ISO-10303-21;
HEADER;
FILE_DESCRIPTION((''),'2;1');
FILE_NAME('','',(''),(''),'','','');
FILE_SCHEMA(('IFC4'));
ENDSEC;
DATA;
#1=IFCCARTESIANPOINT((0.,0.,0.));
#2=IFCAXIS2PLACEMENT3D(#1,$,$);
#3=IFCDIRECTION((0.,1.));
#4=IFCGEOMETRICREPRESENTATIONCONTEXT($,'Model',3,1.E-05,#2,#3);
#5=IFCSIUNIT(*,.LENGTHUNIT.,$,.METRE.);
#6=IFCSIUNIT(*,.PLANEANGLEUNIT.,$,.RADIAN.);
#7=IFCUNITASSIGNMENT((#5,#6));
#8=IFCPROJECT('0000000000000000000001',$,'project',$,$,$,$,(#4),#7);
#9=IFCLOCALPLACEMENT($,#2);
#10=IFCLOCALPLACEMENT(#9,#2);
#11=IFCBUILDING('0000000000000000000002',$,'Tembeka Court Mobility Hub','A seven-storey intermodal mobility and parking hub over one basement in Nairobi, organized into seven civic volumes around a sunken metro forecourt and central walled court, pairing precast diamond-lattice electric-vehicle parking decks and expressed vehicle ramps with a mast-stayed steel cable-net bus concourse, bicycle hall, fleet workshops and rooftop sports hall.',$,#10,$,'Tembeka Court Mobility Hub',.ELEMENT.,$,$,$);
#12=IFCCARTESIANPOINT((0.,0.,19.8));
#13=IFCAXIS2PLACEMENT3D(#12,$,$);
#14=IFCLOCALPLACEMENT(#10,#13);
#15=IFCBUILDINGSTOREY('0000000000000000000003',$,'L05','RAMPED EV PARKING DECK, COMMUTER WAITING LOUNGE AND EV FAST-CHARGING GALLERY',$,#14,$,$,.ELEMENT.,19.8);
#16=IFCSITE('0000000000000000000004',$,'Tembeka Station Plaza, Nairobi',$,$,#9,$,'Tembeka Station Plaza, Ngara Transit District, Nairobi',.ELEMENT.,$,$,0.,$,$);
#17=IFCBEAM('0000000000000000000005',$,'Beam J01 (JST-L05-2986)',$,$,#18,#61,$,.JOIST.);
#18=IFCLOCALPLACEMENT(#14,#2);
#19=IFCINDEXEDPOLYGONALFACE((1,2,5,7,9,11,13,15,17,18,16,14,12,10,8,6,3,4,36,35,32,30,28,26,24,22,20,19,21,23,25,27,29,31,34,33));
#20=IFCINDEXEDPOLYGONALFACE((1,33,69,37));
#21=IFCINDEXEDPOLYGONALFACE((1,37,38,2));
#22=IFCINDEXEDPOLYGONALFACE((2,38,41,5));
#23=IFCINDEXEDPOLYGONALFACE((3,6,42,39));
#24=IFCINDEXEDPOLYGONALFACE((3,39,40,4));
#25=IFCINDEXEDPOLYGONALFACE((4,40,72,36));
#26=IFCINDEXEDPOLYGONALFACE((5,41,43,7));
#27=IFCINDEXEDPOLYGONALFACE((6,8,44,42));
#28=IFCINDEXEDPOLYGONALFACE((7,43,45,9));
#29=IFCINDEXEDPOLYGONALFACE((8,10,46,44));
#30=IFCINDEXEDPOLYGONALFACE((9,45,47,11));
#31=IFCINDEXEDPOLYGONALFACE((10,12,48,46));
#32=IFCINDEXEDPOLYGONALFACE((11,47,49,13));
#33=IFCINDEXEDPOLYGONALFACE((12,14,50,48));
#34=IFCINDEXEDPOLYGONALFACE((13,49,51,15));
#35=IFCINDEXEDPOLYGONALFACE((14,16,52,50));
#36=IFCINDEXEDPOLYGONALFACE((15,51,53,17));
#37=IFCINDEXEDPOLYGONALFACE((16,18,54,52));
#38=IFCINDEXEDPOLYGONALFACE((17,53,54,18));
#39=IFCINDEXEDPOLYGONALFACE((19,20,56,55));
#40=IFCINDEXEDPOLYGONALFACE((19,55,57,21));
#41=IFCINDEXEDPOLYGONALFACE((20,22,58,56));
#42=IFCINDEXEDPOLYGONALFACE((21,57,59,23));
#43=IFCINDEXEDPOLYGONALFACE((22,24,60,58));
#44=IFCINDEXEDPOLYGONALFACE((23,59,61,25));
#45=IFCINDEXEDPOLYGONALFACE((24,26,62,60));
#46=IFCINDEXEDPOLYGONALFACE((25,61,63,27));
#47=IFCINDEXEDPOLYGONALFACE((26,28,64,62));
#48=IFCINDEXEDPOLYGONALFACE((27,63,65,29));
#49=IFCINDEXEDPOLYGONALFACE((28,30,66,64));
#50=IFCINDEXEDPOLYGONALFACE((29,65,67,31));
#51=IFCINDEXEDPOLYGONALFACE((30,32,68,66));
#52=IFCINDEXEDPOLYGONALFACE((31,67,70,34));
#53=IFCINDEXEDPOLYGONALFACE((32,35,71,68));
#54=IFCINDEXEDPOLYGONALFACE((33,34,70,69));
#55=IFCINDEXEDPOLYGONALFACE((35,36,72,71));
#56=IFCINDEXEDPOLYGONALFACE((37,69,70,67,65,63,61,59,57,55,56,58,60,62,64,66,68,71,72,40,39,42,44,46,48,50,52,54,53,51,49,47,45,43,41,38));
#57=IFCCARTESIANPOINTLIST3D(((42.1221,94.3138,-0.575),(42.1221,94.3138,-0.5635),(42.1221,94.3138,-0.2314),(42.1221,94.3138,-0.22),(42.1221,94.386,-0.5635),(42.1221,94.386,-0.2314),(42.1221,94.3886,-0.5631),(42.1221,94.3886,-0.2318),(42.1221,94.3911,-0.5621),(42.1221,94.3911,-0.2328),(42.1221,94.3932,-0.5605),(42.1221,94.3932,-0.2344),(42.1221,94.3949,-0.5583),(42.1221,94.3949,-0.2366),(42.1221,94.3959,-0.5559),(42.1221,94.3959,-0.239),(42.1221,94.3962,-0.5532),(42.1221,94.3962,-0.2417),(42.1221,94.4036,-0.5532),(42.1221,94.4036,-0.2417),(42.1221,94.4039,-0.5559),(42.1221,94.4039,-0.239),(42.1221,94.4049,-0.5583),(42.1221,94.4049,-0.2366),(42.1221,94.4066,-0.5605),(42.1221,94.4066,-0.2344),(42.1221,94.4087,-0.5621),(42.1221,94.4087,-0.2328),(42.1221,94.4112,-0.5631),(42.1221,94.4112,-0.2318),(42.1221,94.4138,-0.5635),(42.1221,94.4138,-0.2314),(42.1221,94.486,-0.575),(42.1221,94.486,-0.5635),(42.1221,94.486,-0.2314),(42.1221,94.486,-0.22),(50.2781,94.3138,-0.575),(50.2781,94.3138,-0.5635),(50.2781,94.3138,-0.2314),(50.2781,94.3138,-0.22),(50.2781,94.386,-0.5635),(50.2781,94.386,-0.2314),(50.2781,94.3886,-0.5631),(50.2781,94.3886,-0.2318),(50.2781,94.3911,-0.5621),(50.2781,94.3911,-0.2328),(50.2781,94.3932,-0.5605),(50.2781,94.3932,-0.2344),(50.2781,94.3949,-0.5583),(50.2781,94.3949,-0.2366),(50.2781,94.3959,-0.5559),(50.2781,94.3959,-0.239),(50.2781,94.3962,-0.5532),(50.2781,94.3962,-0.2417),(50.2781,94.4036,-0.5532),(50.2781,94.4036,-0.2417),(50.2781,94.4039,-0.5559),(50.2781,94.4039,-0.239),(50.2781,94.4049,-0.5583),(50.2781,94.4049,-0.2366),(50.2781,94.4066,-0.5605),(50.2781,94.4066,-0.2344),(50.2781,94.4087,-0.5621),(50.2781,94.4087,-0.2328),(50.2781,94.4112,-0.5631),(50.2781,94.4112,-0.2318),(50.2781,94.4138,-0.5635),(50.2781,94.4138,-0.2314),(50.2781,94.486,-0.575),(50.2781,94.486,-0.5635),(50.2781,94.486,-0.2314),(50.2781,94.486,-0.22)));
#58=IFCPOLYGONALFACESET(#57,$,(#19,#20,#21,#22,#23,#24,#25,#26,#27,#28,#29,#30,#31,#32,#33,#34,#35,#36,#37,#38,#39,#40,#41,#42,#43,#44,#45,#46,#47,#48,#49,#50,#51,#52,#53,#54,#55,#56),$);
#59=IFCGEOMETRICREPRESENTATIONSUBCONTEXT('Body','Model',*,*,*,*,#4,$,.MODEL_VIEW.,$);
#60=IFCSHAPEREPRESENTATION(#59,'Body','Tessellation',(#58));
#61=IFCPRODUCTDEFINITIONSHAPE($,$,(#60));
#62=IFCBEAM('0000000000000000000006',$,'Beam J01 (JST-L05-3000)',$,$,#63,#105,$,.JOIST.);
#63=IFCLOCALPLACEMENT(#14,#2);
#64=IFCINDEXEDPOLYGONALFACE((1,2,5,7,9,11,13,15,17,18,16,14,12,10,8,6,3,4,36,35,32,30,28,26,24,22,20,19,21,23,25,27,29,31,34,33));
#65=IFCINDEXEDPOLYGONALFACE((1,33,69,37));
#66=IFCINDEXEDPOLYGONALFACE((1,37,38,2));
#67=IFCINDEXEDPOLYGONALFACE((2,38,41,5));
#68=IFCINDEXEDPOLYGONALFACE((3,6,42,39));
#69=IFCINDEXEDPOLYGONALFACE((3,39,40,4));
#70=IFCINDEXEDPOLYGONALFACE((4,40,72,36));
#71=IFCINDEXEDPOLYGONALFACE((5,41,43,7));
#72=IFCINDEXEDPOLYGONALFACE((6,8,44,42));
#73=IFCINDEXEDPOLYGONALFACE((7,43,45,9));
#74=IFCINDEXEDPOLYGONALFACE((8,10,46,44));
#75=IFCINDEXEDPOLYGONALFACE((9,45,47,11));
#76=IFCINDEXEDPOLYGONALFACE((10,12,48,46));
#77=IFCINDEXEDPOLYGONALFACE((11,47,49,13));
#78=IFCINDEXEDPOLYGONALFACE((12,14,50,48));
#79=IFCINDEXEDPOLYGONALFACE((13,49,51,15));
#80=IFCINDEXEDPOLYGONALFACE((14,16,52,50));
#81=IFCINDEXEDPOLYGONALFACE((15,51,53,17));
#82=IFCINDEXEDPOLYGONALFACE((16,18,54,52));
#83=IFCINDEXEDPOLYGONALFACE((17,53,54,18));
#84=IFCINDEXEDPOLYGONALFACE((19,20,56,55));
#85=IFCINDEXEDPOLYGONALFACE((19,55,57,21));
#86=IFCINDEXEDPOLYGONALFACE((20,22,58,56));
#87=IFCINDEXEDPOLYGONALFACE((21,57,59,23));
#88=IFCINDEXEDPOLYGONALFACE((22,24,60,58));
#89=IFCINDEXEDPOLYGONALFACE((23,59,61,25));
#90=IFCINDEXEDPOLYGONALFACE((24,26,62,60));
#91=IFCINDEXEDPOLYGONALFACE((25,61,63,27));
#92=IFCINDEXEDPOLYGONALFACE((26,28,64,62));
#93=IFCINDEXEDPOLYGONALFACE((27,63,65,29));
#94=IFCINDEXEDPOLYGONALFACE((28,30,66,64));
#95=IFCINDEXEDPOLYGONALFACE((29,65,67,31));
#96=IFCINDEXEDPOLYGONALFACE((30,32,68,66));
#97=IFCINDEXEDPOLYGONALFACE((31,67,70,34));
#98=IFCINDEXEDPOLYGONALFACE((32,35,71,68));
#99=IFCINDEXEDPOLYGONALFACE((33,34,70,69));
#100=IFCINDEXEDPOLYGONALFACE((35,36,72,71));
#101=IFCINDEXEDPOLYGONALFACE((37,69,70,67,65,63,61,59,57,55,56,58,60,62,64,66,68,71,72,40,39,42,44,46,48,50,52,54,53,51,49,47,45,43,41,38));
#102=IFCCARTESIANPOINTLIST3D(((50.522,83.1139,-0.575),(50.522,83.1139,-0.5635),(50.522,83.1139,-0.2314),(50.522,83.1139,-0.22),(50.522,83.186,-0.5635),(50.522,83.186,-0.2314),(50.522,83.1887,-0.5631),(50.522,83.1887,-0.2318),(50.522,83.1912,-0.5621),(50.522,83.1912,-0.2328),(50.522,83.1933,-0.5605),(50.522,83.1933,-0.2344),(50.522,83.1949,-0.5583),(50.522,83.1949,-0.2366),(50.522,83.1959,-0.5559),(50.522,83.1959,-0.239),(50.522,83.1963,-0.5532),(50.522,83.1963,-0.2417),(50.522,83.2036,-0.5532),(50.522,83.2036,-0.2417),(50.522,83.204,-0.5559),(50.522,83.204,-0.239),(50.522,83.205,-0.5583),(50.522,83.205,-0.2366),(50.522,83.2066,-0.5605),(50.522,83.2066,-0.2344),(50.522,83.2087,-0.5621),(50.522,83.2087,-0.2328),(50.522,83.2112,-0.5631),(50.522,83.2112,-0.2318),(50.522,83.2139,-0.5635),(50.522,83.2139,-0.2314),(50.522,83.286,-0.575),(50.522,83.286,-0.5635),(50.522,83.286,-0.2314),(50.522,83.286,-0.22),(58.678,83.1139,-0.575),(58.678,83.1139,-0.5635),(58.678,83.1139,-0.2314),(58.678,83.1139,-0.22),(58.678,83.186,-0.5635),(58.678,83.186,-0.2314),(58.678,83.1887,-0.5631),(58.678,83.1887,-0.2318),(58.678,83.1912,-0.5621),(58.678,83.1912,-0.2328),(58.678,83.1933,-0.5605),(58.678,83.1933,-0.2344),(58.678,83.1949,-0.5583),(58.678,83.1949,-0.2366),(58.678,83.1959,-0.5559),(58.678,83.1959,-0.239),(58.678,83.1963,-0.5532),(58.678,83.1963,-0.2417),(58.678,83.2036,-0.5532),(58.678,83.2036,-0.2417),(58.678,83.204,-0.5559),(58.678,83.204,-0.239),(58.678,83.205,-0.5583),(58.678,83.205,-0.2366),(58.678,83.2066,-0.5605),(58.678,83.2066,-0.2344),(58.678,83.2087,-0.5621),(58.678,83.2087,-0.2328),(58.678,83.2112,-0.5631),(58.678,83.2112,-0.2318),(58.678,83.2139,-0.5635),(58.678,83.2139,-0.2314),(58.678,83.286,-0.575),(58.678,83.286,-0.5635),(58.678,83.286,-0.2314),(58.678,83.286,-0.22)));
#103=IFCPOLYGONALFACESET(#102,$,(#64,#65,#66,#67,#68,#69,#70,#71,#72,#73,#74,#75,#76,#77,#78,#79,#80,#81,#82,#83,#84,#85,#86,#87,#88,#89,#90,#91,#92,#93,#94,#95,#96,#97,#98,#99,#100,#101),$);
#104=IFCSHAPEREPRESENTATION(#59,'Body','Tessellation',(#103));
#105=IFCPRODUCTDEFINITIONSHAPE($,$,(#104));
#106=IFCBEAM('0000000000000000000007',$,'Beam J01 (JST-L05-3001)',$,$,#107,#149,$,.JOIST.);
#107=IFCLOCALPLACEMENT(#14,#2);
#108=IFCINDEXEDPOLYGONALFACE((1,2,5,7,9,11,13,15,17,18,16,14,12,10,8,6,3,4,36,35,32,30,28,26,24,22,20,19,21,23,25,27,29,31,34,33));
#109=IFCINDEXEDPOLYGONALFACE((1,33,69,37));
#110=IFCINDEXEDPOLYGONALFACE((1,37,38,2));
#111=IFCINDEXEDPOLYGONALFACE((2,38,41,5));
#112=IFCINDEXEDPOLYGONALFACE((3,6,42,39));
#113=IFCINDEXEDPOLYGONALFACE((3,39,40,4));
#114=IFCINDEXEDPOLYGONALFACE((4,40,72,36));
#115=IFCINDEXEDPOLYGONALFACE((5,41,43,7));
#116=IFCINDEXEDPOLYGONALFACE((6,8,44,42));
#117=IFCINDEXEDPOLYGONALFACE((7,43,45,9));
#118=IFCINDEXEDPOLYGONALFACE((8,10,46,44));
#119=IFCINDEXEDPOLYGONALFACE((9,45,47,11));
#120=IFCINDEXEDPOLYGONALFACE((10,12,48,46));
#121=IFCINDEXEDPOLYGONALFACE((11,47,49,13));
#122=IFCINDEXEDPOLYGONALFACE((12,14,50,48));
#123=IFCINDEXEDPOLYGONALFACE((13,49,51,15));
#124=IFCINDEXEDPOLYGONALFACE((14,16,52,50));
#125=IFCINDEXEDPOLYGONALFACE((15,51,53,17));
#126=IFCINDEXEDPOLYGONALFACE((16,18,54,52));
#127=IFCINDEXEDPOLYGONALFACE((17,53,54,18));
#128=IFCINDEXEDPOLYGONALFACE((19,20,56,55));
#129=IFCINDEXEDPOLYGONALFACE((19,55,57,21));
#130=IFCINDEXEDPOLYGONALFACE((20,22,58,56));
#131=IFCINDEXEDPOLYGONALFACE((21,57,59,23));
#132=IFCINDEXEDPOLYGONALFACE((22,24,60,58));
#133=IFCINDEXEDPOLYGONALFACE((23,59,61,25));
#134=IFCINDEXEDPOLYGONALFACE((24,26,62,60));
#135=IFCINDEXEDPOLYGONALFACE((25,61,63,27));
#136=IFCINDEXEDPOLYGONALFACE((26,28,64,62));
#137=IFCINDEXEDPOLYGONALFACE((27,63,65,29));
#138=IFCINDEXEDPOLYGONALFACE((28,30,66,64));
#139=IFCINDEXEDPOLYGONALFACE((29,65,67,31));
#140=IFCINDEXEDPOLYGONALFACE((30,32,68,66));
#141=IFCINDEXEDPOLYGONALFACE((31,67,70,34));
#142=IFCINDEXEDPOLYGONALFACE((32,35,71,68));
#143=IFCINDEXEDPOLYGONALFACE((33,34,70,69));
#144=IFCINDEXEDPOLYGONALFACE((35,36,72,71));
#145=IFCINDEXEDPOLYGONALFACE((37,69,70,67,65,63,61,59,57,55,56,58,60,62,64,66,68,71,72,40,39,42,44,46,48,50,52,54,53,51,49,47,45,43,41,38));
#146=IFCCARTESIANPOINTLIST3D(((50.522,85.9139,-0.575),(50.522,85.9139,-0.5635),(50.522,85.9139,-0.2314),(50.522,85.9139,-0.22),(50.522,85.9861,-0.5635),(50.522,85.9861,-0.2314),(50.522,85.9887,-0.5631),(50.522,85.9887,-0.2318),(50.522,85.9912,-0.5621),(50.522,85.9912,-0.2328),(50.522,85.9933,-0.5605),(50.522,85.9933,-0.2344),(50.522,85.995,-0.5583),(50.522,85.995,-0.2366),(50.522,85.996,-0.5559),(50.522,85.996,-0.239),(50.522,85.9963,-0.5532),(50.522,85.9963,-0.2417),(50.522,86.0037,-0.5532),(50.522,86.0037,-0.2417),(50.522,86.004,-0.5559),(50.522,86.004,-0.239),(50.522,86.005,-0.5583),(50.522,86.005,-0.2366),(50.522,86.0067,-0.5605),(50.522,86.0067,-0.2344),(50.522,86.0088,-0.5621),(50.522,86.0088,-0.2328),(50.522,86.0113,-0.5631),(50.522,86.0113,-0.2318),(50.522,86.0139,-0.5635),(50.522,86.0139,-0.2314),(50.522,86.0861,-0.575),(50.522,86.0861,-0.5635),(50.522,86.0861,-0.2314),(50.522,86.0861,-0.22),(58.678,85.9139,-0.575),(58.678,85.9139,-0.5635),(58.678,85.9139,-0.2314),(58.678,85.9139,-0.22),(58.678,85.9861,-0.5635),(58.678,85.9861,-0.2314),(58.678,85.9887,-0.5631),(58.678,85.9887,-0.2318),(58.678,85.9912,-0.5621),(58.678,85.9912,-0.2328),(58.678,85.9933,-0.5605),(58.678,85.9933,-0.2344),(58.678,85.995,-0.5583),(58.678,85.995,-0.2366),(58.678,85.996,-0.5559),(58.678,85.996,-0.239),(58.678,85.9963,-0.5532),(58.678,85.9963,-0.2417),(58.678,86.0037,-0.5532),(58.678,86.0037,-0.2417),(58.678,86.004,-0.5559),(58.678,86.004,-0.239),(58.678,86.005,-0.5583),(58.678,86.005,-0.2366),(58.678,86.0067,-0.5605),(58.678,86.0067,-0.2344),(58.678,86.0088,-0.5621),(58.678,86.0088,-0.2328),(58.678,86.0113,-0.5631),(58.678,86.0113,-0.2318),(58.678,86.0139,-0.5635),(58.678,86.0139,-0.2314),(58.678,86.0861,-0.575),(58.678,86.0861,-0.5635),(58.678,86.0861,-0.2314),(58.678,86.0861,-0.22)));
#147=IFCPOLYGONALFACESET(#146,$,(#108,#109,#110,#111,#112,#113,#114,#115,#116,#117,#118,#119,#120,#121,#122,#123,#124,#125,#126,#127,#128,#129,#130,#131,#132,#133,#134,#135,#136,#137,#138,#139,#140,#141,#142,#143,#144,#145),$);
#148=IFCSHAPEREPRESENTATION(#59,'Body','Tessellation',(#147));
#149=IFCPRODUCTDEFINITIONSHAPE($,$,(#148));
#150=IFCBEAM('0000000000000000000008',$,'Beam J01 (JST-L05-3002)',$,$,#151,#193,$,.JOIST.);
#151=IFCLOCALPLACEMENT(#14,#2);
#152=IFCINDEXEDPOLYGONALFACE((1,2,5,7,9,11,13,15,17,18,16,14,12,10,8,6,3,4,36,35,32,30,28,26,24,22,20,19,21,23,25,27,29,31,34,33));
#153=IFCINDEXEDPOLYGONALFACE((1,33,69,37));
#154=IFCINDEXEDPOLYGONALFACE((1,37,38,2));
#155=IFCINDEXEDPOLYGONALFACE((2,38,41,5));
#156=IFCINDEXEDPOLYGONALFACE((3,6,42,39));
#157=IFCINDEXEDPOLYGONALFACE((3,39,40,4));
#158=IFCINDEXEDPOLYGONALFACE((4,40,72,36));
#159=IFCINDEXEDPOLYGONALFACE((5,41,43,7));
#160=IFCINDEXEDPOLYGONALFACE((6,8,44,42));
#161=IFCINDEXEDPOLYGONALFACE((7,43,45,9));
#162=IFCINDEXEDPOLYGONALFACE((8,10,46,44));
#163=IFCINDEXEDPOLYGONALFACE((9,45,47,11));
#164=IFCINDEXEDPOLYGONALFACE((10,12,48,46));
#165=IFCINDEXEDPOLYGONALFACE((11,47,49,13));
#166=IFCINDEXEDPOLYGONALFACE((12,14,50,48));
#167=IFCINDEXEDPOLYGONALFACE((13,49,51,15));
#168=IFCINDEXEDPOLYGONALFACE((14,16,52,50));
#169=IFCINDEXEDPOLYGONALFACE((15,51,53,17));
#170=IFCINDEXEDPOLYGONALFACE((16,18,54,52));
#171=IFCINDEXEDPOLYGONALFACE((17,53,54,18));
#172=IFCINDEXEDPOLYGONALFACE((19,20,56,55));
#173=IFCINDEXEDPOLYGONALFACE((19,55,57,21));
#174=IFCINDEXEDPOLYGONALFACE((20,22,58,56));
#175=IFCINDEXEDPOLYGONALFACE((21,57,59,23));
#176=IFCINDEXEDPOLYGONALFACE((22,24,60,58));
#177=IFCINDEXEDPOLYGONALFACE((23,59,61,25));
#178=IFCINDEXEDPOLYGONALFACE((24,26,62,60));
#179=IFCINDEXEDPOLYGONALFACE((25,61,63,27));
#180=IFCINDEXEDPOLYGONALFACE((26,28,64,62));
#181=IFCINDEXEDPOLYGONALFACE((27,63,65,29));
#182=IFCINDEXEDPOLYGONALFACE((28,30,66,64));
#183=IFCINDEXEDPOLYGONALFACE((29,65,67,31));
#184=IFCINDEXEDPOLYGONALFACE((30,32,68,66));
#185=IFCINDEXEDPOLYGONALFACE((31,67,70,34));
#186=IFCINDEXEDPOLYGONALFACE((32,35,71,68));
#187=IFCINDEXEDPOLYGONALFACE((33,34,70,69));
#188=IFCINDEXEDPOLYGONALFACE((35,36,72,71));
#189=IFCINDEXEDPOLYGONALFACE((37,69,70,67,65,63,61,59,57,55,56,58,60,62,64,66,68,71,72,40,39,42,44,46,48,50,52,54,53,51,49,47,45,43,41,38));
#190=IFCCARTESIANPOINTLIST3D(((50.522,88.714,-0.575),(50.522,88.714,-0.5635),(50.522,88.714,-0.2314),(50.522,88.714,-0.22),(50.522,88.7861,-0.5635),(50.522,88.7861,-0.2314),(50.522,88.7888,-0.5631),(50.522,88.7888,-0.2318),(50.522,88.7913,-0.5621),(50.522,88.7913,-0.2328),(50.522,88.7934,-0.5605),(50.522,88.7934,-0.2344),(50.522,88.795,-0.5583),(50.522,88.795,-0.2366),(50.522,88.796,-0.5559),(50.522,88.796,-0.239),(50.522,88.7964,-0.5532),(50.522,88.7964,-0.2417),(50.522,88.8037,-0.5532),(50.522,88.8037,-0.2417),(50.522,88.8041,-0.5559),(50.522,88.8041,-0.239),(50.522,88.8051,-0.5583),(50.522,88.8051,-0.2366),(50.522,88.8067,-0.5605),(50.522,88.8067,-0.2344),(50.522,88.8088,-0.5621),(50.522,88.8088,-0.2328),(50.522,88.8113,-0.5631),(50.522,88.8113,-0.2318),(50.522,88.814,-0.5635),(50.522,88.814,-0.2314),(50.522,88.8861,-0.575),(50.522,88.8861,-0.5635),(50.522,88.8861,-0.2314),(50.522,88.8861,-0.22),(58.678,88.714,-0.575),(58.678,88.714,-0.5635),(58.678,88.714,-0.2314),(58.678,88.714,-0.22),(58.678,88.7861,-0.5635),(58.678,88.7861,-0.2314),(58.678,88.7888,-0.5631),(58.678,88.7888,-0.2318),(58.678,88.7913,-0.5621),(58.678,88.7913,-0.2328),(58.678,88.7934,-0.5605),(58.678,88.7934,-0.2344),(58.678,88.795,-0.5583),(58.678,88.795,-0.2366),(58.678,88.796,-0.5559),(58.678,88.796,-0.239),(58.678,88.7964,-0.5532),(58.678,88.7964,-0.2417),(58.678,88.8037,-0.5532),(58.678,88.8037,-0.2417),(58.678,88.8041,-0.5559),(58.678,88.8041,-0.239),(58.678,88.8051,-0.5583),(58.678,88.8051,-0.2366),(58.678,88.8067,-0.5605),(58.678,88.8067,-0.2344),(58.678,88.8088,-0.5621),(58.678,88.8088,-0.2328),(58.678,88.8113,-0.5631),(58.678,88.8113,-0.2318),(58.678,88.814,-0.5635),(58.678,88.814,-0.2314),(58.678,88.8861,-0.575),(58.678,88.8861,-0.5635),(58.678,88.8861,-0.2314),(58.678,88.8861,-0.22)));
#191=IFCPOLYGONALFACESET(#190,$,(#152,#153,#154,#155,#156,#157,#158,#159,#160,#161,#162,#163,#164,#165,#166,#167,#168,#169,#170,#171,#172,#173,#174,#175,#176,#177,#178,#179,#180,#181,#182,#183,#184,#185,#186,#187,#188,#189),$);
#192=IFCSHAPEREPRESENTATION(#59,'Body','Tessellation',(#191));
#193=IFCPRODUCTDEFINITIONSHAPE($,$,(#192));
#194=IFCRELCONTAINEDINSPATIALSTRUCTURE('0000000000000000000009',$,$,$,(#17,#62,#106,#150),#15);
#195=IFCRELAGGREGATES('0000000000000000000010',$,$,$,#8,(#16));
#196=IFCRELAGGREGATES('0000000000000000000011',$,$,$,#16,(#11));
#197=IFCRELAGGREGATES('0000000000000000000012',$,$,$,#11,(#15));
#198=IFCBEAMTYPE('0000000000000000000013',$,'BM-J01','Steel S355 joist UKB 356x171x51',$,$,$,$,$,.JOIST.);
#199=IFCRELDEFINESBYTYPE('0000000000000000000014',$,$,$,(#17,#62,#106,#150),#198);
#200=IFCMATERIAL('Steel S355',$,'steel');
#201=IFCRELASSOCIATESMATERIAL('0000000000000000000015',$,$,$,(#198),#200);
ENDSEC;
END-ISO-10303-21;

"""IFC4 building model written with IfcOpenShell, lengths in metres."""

from ifc_helpers import new_model, si_unit, direction, frame, origin, origin_2d, place, context, subcontext, project, spatial, i_section, extrude, material, material_profile, profile_set, type_object, element, save


model = new_model("IFC4")

# Units and contexts
model_context = context("Model", 3, precision=1e-05, world=origin(), true_north=direction((0.0, 1.0)))
body_context = subcontext(model_context, "Body", "Model", "MODEL_VIEW")
ifc_project = project(units=[si_unit("LENGTHUNIT", "METRE"), si_unit("PLANEANGLEUNIT", "RADIAN")], contexts=[model_context])

# Site, building, storey
site_placement = place(None, origin())
site = spatial("IfcSite", under=ifc_project, at=site_placement, Name="Tembeka Station Plaza, Nairobi", LongName="Tembeka Station Plaza, Ngara Transit District, Nairobi", CompositionType="ELEMENT", RefElevation=0.0)
building_placement = place(site_placement, origin())
building = spatial("IfcBuilding", under=site, at=building_placement, Name="Tembeka Court Mobility Hub", Description="A seven-storey intermodal mobility and parking hub over one basement in Nairobi, organized into seven civic volumes around a sunken metro forecourt and central walled court, pairing precast diamond-lattice electric-vehicle parking decks and expressed vehicle ramps with a mast-stayed steel cable-net bus concourse, bicycle hall, fleet workshops and rooftop sports hall.", LongName="Tembeka Court Mobility Hub", CompositionType="ELEMENT")
storey_placement = place(building_placement, frame((0.0, 0.0, 19.8)))
storey = spatial("IfcBuildingStorey", under=building, at=storey_placement, Name="L05", Description="RAMPED EV PARKING DECK, COMMUTER WAITING LOUNGE AND EV FAST-CHARGING GALLERY", CompositionType="ELEMENT", Elevation=19.8)

# Shared definitions
ifc_material = material(Name="Steel S355", Category="steel")

# Beams
ifc_material_profile_1 = material_profile(ifc_material, i_section(OverallWidth=0.1721, OverallDepth=0.355, WebThickness=0.0073, FlangeThickness=0.0115, FilletRadius=0.0103, at=origin_2d()), Name="UKB 356x171x51")
ifc_profile_set_1 = profile_set([ifc_material_profile_1], Name="Steel S355")
beam_type_1 = type_object("IfcBeamType", Name="BM-J01", Description="Steel S355 joist UKB 356x171x51", PredefinedType="JOIST", material=ifc_profile_set_1)
for number, where, z_axis, x_axis, name in (
    (1, (42.1221, 94.3999, -0.3975), (1.0, 0.0, 0.0), (0.0, 1.0, 0.0), "Beam J01 (JST-L05-2986)"),
    (2, (50.522, 83.2, -0.3975), (1.0, 0.0, 0.0), (0.0, 1.0, 0.0), "Beam J01 (JST-L05-3000)"),
    (3, (50.522, 86.0, -0.3975), (1.0, 0.0, 0.0), (0.0, 1.0, 0.0), "Beam J01 (JST-L05-3001)"),
    (4, (50.522, 88.8, -0.3975), (1.0, 0.0, 0.0), (0.0, 1.0, 0.0), "Beam J01 (JST-L05-3002)"),
):
    element("IfcBeam", number, at=place(storey_placement, frame(where, z_axis=z_axis, x_axis=x_axis)), inside=storey, type_object=beam_type_1, Name=name, PredefinedType="JOIST", context=body_context, shape_type="SweptSolid", body=[
        extrude(i_section(OverallWidth=0.1721, OverallDepth=0.355, WebThickness=0.0073, FlangeThickness=0.0115, FilletRadius=0.0103, at=origin_2d()), origin(), (0.0, 0.0, 1.0), 8.156),
    ])

save(model, "model.ifc")
